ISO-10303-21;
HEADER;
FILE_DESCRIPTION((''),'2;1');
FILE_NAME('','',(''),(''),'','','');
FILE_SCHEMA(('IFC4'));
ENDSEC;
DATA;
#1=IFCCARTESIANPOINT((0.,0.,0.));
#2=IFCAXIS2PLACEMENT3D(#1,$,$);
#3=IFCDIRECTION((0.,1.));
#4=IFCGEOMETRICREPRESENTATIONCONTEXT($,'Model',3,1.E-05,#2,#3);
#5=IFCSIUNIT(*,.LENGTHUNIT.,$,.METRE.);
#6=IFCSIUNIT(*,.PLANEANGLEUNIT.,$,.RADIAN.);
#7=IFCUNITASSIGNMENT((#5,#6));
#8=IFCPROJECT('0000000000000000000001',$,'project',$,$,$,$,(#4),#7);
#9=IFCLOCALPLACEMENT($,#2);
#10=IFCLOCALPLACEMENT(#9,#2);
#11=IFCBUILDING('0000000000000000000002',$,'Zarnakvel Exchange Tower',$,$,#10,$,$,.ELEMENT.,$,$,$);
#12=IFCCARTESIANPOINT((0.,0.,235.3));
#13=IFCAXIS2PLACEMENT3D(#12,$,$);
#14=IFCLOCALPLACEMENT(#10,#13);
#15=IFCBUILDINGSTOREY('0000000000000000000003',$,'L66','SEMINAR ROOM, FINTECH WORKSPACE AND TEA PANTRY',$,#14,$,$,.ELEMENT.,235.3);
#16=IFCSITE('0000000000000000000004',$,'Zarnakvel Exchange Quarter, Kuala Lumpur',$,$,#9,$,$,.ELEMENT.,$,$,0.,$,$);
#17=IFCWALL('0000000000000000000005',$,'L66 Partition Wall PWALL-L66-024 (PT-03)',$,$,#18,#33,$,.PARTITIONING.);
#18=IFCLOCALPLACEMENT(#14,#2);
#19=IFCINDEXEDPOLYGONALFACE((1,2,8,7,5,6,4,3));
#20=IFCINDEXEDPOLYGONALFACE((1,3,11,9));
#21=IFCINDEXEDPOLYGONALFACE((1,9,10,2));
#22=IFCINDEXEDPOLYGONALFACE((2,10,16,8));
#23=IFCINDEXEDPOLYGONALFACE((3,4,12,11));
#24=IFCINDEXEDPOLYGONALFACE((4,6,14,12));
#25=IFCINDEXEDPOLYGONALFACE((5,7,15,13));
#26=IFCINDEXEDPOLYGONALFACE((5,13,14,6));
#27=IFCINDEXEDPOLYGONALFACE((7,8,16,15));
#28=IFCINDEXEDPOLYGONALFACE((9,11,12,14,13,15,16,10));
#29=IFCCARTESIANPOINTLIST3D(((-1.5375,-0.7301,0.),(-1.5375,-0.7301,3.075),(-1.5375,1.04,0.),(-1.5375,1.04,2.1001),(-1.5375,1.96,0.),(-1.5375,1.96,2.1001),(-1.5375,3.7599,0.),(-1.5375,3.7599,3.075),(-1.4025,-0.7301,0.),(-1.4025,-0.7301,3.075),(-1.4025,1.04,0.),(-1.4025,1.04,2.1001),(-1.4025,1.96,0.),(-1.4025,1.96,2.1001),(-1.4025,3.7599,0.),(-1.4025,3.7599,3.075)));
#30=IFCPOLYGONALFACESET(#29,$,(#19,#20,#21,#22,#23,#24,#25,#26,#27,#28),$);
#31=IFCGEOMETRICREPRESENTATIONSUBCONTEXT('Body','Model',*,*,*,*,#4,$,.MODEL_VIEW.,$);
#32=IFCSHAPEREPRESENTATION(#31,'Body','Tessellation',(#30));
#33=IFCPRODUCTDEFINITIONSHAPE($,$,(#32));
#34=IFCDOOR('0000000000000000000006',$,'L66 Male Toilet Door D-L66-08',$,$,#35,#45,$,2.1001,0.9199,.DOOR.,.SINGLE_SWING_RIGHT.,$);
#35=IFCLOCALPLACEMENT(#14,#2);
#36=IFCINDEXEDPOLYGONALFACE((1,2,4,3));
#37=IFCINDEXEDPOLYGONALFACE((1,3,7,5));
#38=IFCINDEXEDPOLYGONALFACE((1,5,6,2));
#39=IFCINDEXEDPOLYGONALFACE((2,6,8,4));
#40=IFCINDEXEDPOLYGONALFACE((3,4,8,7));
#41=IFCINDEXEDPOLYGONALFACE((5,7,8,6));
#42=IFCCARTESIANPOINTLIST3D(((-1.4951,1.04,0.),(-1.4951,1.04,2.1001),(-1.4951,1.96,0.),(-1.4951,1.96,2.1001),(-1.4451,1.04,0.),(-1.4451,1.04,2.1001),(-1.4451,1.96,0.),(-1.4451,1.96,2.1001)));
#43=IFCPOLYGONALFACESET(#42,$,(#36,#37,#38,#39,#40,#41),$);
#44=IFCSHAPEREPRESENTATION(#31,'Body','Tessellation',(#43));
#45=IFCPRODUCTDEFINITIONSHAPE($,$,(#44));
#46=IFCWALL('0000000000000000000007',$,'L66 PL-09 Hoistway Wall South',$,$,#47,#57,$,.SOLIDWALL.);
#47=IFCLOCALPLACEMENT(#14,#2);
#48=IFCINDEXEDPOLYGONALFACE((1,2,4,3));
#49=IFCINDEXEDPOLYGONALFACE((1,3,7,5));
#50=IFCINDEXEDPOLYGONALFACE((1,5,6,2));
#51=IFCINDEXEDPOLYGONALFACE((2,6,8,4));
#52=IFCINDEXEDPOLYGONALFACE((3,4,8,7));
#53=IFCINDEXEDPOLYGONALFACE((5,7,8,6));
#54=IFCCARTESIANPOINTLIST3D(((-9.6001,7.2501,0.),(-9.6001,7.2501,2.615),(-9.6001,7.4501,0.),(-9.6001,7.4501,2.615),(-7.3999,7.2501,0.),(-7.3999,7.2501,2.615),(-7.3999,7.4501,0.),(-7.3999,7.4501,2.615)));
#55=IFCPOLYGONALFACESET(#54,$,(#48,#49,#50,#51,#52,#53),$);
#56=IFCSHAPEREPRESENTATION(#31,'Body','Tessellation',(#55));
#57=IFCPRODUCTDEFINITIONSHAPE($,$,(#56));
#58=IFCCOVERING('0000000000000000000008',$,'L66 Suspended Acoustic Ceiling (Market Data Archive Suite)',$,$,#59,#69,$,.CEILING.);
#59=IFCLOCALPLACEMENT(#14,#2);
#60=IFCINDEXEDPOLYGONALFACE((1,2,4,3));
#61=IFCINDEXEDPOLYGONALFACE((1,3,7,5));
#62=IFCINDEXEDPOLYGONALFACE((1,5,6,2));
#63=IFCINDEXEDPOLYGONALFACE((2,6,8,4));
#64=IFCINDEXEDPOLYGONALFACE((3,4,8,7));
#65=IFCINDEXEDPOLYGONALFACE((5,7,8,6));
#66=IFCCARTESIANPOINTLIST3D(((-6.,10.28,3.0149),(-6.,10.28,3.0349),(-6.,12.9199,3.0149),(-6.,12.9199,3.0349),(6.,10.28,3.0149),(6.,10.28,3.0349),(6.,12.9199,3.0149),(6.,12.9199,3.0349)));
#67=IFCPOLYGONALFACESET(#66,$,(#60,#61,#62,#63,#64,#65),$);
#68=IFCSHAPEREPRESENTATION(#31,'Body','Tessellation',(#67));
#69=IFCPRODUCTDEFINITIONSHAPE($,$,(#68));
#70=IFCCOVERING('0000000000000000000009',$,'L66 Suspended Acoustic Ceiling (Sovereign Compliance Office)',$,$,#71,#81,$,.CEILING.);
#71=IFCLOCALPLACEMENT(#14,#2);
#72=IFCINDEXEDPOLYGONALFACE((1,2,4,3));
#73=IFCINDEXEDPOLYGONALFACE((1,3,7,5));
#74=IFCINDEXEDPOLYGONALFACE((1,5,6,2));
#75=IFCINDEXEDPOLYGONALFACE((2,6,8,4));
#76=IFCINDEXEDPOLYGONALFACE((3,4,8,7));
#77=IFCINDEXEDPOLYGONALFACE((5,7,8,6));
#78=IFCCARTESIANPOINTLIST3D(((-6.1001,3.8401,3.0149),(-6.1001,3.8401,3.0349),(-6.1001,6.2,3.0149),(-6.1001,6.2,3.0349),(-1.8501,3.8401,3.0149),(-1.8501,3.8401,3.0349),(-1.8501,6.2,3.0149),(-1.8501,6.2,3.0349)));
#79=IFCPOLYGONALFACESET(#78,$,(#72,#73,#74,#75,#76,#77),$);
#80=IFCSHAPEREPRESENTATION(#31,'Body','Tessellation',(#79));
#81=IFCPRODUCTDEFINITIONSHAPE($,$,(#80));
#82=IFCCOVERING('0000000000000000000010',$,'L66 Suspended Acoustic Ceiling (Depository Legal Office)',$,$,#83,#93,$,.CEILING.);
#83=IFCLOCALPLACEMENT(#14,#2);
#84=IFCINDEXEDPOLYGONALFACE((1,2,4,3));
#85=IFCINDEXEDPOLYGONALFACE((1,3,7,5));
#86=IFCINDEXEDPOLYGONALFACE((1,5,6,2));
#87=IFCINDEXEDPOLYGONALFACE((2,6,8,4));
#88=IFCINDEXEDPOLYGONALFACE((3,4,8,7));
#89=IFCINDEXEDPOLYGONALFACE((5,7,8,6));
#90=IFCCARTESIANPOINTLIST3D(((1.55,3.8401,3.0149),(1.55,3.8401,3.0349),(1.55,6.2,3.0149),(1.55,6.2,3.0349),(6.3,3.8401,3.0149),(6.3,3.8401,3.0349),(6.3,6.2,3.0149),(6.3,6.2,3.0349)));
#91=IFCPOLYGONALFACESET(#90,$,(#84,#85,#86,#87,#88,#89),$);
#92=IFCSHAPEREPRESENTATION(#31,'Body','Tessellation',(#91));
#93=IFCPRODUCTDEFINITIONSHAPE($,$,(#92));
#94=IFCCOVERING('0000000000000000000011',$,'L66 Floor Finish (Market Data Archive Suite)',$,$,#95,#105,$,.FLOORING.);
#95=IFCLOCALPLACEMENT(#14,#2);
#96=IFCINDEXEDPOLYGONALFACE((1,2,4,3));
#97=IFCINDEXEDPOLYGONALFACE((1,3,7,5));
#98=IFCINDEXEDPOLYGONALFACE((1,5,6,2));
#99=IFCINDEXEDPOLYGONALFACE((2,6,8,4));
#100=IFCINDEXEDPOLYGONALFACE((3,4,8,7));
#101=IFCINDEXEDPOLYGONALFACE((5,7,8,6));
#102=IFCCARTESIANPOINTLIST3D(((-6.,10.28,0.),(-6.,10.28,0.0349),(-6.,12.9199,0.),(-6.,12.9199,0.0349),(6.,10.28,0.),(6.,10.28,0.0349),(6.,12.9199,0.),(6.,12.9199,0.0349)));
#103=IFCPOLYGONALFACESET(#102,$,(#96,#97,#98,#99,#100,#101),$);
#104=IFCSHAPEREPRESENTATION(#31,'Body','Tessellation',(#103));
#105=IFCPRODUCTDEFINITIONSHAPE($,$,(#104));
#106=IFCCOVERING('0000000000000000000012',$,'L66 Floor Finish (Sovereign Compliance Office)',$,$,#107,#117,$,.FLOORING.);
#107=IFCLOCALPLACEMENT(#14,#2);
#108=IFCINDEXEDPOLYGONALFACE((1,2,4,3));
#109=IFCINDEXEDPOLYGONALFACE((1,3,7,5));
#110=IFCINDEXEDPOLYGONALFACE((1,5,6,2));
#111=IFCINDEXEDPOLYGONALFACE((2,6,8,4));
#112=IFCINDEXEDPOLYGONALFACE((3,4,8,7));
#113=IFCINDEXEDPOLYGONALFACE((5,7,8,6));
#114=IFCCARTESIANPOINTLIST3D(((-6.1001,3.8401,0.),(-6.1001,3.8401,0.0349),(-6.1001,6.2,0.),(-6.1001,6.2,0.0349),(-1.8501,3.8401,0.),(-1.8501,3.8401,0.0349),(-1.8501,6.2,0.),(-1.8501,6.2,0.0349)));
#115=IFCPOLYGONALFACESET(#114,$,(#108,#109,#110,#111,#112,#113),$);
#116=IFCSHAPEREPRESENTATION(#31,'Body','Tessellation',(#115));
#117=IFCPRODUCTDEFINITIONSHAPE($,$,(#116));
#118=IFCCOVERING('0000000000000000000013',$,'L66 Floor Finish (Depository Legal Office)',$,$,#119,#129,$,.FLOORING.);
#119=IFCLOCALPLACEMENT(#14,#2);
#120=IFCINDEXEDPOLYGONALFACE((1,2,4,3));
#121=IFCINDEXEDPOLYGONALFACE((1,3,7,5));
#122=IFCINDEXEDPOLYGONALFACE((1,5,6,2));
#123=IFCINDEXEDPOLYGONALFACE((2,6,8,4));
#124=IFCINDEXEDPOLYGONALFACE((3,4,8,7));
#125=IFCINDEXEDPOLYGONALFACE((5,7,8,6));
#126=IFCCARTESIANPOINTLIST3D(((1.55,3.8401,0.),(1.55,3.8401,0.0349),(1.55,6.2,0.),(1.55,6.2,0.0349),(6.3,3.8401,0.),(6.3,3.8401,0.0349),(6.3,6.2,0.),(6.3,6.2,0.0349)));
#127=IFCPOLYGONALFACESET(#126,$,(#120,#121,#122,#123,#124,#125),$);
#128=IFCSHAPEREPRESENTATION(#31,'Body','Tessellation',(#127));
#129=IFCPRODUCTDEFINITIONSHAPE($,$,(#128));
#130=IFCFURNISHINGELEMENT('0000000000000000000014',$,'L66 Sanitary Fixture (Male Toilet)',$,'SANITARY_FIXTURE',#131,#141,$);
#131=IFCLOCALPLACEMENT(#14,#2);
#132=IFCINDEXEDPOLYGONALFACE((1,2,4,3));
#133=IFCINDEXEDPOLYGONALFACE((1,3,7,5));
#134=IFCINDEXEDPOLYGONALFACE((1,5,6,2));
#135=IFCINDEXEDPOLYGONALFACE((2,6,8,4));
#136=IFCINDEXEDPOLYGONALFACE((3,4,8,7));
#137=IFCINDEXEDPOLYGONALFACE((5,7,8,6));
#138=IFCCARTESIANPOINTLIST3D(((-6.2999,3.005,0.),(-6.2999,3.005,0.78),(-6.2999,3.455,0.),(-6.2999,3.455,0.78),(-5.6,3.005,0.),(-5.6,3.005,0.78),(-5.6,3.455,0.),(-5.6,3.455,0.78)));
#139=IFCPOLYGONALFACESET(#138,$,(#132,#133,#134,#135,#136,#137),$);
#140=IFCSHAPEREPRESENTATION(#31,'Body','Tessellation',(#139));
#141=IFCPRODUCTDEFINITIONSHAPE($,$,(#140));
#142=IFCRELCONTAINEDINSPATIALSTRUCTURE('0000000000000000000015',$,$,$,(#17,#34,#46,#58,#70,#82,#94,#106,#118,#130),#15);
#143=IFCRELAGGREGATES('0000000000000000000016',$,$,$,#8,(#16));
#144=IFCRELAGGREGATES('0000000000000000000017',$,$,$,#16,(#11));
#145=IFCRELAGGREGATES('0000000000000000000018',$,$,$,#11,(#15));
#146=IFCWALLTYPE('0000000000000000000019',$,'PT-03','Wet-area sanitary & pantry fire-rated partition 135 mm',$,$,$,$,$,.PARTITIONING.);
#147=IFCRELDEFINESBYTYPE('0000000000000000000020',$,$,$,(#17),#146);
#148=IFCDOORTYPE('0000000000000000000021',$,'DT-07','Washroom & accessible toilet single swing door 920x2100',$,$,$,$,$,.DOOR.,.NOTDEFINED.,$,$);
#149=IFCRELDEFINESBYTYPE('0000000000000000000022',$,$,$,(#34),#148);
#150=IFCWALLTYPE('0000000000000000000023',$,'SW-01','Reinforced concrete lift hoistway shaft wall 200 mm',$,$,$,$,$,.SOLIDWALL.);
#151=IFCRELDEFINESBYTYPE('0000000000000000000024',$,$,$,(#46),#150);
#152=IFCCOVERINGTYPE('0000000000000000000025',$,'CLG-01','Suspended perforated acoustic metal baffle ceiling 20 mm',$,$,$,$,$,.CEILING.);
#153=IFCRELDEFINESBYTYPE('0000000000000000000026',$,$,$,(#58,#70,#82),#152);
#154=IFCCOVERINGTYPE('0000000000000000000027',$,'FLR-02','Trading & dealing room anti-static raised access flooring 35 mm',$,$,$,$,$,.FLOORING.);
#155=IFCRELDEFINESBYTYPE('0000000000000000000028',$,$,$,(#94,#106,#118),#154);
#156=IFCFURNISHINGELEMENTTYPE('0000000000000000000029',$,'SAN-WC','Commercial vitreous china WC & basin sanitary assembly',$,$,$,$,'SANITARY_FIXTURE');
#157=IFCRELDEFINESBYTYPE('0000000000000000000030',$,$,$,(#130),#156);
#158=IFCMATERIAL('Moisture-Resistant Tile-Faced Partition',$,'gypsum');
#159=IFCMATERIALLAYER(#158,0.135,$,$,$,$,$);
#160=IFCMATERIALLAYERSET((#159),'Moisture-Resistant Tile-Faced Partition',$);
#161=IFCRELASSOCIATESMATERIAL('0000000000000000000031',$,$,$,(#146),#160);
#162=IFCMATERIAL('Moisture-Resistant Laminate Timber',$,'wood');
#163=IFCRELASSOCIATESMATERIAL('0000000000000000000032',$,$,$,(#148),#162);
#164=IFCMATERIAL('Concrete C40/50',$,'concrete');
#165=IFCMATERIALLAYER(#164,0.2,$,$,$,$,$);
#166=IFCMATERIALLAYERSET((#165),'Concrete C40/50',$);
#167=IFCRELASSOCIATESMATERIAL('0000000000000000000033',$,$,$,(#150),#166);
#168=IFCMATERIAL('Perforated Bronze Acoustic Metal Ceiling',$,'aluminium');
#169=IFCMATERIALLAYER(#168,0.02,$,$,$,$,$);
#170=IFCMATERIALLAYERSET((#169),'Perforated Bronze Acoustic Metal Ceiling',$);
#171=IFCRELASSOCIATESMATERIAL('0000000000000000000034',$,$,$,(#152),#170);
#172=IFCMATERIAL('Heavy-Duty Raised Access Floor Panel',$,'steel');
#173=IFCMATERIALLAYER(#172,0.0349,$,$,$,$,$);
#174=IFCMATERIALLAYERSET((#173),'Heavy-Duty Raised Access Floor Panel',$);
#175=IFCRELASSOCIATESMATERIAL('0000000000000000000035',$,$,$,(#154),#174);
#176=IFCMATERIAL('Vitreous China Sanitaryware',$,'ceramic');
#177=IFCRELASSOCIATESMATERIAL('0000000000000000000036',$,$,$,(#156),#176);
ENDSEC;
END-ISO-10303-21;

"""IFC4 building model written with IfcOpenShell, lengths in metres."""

from ifc_helpers import new_model, si_unit, direction, frame, frame_2d, origin, origin_2d, place, context, subcontext, project, spatial, polyline, rectangle, outline, extrude, source, transform, mapped, material, layer, layer_set, type_object, element, fill, save


model = new_model("IFC4")

# Units and contexts
model_context = context("Model", 3, precision=1e-05, world=origin(), true_north=direction((0.0, 1.0)))
body_context = subcontext(model_context, "Body", "Model", "MODEL_VIEW")
ifc_project = project(units=[si_unit("LENGTHUNIT", "METRE"), si_unit("PLANEANGLEUNIT", "RADIAN")], contexts=[model_context])

# Site, building, storey
site_placement = place(None, origin())
site = spatial("IfcSite", under=ifc_project, at=site_placement, Name="Zarnakvel Exchange Quarter, Kuala Lumpur", CompositionType="ELEMENT", RefElevation=0.0)
building_placement = place(site_placement, origin())
building = spatial("IfcBuilding", under=site, at=building_placement, Name="Zarnakvel Exchange Tower", CompositionType="ELEMENT")
storey_placement = place(building_placement, frame((0.0, 0.0, 235.3)))
storey = spatial("IfcBuildingStorey", under=building, at=storey_placement, Name="L66", Description="SEMINAR ROOM, FINTECH WORKSPACE AND TEA PANTRY", CompositionType="ELEMENT", Elevation=235.3)

# Shared definitions
ifc_material_1 = material(Name="Concrete C40/50", Category="concrete")

# Wall, opening, door
ifc_material_2 = material(Name="Moisture-Resistant Tile-Faced Partition", Category="gypsum")
ifc_layer_1 = layer(ifc_material_2, 0.135)
ifc_layer_set_1 = layer_set([ifc_layer_1], Name="Moisture-Resistant Tile-Faced Partition")
wall_type_1 = type_object("IfcWallType", Name="PT-03", Description="Wet-area sanitary & pantry fire-rated partition 135 mm", PredefinedType="PARTITIONING", material=ifc_layer_set_1)
wall_1_placement = place(storey_placement, frame((-1.47, 3.76, 0.0), z_axis=(0.0, 0.0, 1.0), x_axis=(0.0, -1.0, 0.0)))
wall_1 = element("IfcWall", 1, at=wall_1_placement, inside=storey, type_object=wall_type_1, Name="L66 Partition Wall PWALL-L66-024 (PT-03)", PredefinedType="PARTITIONING", context=body_context, shape_type="SweptSolid", body=[
    extrude(rectangle(XDim=4.49, YDim=0.135, at=frame_2d((2.2451, 0.0))), origin(), (0.0, 0.0, 1.0), 3.075),
])
opening_1_placement = place(wall_1_placement, frame((1.8, 0.0, 0.0)))
opening_1 = element("IfcOpeningElement", 2, at=opening_1_placement, cuts=wall_1, PredefinedType="OPENING", context=body_context, shape_type="SweptSolid", body=[
    extrude(rectangle(XDim=0.9199, YDim=2.1001, at=frame_2d((0.46, 1.05))), frame((0.0, 0.0774, 0.0), z_axis=(0.0, -1.0, 0.0), x_axis=(1.0, 0.0, 0.0)), (0.0, 0.0, 1.0), 0.155),
])
ifc_material_3 = material(Name="Moisture-Resistant Laminate Timber", Category="wood")
door_type_1 = type_object("IfcDoorType", Name="DT-07", Description="Washroom & accessible toilet single swing door 920x2100", OperationType="NOTDEFINED", PredefinedType="DOOR", material=ifc_material_3)
shared_shape_1 = source(origin(), body_context, "Body", "SweptSolid", [
    extrude(rectangle(XDim=0.9199, YDim=2.1001, at=frame_2d((0.46, 1.05))), frame((0.0, 0.0249, 0.0), z_axis=(0.0, -1.0, 0.0), x_axis=(1.0, 0.0, 0.0)), (0.0, 0.0, 1.0), 0.05),
])
door_1_placement = place(opening_1_placement, origin())
door_1 = element("IfcDoor", 3, at=door_1_placement, inside=storey, type_object=door_type_1, Name="L66 Male Toilet Door D-L66-08", OperationType="SINGLE_SWING_RIGHT", OverallHeight=2.1001, OverallWidth=0.9199, PredefinedType="DOOR", context=body_context, shape_type="MappedRepresentation", body=[
    mapped(shared_shape_1, transform((0.0, 0.0, 0.0), x_axis=(1.0, 0.0, 0.0), y_axis=(0.0, 1.0, 0.0), z_axis=(0.0, 0.0, 1.0), scale=1.0)),
])
fill(opening_1, door_1)

# Wall
ifc_layer_2 = layer(ifc_material_1, 0.2)
ifc_layer_set_2 = layer_set([ifc_layer_2], Name="Concrete C40/50")
wall_type_2 = type_object("IfcWallType", Name="SW-01", Description="Reinforced concrete lift hoistway shaft wall 200 mm", PredefinedType="SOLIDWALL", material=ifc_layer_set_2)
wall_2_placement = place(storey_placement, frame((-7.3999, 7.3501, 0.0), z_axis=(0.0, 0.0, 1.0), x_axis=(-1.0, 0.0, 0.0)))
element("IfcWall", 4, at=wall_2_placement, inside=storey, type_object=wall_type_2, Name="L66 PL-09 Hoistway Wall South", PredefinedType="SOLIDWALL", context=body_context, shape_type="SweptSolid", body=[
    extrude(rectangle(XDim=2.2002, YDim=0.2, at=frame_2d((1.1001, 0.0))), origin(), (0.0, 0.0, 1.0), 2.615),
])

# Coverings
ifc_material_4 = material(Name="Perforated Bronze Acoustic Metal Ceiling", Category="aluminium")
ifc_layer_3 = layer(ifc_material_4, 0.02)
ifc_layer_set_3 = layer_set([ifc_layer_3], Name="Perforated Bronze Acoustic Metal Ceiling")
covering_type_1 = type_object("IfcCoveringType", Name="CLG-01", Description="Suspended perforated acoustic metal baffle ceiling 20 mm", PredefinedType="CEILING", material=ifc_layer_set_3)
covering_1_placement = place(storey_placement, frame((0.0, 0.0, 3.0149)))
element("IfcCovering", 5, at=covering_1_placement, inside=storey, type_object=covering_type_1, Name="L66 Suspended Acoustic Ceiling (Market Data Archive Suite)", PredefinedType="CEILING", context=body_context, shape_type="SweptSolid", body=[
    extrude(outline(polyline([(-6.0, 12.9199), (6.0, 12.9199), (6.0, 10.28), (-6.0, 10.28), (-6.0, 12.9199)])), origin(), (0.0, 0.0, 1.0), 0.02),
])
covering_2_placement = place(storey_placement, frame((0.0, 0.0, 3.0149)))
element("IfcCovering", 6, at=covering_2_placement, inside=storey, type_object=covering_type_1, Name="L66 Suspended Acoustic Ceiling (Sovereign Compliance Office)", PredefinedType="CEILING", context=body_context, shape_type="SweptSolid", body=[
    extrude(outline(polyline([(-6.1001, 6.2), (-1.8501, 6.2), (-1.8501, 3.8401), (-6.1001, 3.8401), (-6.1001, 6.2)])), origin(), (0.0, 0.0, 1.0), 0.02),
])
covering_3_placement = place(storey_placement, frame((0.0, 0.0, 3.0149)))
element("IfcCovering", 7, at=covering_3_placement, inside=storey, type_object=covering_type_1, Name="L66 Suspended Acoustic Ceiling (Depository Legal Office)", PredefinedType="CEILING", context=body_context, shape_type="SweptSolid", body=[
    extrude(outline(polyline([(1.55, 6.2), (6.3, 6.2), (6.3, 3.8401), (1.55, 3.8401), (1.55, 6.2)])), origin(), (0.0, 0.0, 1.0), 0.02),
])
ifc_material_5 = material(Name="Heavy-Duty Raised Access Floor Panel", Category="steel")
ifc_layer_4 = layer(ifc_material_5, 0.0349)
ifc_layer_set_4 = layer_set([ifc_layer_4], Name="Heavy-Duty Raised Access Floor Panel")
covering_type_2 = type_object("IfcCoveringType", Name="FLR-02", Description="Trading & dealing room anti-static raised access flooring 35 mm", PredefinedType="FLOORING", material=ifc_layer_set_4)
covering_4_placement = place(storey_placement, origin())
element("IfcCovering", 8, at=covering_4_placement, inside=storey, type_object=covering_type_2, Name="L66 Floor Finish (Market Data Archive Suite)", PredefinedType="FLOORING", context=body_context, shape_type="SweptSolid", body=[
    extrude(outline(polyline([(-6.0, 12.9199), (6.0, 12.9199), (6.0, 10.28), (-6.0, 10.28), (-6.0, 12.9199)])), origin(), (0.0, 0.0, 1.0), 0.0349),
])
covering_5_placement = place(storey_placement, origin())
element("IfcCovering", 9, at=covering_5_placement, inside=storey, type_object=covering_type_2, Name="L66 Floor Finish (Sovereign Compliance Office)", PredefinedType="FLOORING", context=body_context, shape_type="SweptSolid", body=[
    extrude(outline(polyline([(-6.1001, 6.2), (-1.8501, 6.2), (-1.8501, 3.8401), (-6.1001, 3.8401), (-6.1001, 6.2)])), origin(), (0.0, 0.0, 1.0), 0.0349),
])
covering_6_placement = place(storey_placement, origin())
element("IfcCovering", 10, at=covering_6_placement, inside=storey, type_object=covering_type_2, Name="L66 Floor Finish (Depository Legal Office)", PredefinedType="FLOORING", context=body_context, shape_type="SweptSolid", body=[
    extrude(outline(polyline([(1.55, 6.2), (6.3, 6.2), (6.3, 3.8401), (1.55, 3.8401), (1.55, 6.2)])), origin(), (0.0, 0.0, 1.0), 0.0349),
])

# Furnishing element
ifc_material_6 = material(Name="Vitreous China Sanitaryware", Category="ceramic")
furnishing_element_type = type_object("IfcFurnishingElementType", Name="SAN-WC", Description="Commercial vitreous china WC & basin sanitary assembly", ElementType="SANITARY_FIXTURE", material=ifc_material_6)
shared_shape_2 = source(origin(), body_context, "Body", "SweptSolid", [
    extrude(rectangle(XDim=0.7, YDim=0.45, at=origin_2d()), origin(), (0.0, 0.0, 1.0), 0.78),
])
furnishing_placement = place(storey_placement, frame((-5.95, 3.23, 0.0), z_axis=(0.0, 0.0, 1.0), x_axis=(1.0, 0.0, 0.0)))
element("IfcFurnishingElement", 11, at=furnishing_placement, inside=storey, type_object=furnishing_element_type, Name="L66 Sanitary Fixture (Male Toilet)", ObjectType="SANITARY_FIXTURE", context=body_context, shape_type="MappedRepresentation", body=[
    mapped(shared_shape_2, transform((0.0, 0.0, 0.0), x_axis=(1.0, 0.0, 0.0), y_axis=(0.0, 1.0, 0.0), z_axis=(0.0, 0.0, 1.0), scale=1.0)),
])

save(model, "model.ifc")
